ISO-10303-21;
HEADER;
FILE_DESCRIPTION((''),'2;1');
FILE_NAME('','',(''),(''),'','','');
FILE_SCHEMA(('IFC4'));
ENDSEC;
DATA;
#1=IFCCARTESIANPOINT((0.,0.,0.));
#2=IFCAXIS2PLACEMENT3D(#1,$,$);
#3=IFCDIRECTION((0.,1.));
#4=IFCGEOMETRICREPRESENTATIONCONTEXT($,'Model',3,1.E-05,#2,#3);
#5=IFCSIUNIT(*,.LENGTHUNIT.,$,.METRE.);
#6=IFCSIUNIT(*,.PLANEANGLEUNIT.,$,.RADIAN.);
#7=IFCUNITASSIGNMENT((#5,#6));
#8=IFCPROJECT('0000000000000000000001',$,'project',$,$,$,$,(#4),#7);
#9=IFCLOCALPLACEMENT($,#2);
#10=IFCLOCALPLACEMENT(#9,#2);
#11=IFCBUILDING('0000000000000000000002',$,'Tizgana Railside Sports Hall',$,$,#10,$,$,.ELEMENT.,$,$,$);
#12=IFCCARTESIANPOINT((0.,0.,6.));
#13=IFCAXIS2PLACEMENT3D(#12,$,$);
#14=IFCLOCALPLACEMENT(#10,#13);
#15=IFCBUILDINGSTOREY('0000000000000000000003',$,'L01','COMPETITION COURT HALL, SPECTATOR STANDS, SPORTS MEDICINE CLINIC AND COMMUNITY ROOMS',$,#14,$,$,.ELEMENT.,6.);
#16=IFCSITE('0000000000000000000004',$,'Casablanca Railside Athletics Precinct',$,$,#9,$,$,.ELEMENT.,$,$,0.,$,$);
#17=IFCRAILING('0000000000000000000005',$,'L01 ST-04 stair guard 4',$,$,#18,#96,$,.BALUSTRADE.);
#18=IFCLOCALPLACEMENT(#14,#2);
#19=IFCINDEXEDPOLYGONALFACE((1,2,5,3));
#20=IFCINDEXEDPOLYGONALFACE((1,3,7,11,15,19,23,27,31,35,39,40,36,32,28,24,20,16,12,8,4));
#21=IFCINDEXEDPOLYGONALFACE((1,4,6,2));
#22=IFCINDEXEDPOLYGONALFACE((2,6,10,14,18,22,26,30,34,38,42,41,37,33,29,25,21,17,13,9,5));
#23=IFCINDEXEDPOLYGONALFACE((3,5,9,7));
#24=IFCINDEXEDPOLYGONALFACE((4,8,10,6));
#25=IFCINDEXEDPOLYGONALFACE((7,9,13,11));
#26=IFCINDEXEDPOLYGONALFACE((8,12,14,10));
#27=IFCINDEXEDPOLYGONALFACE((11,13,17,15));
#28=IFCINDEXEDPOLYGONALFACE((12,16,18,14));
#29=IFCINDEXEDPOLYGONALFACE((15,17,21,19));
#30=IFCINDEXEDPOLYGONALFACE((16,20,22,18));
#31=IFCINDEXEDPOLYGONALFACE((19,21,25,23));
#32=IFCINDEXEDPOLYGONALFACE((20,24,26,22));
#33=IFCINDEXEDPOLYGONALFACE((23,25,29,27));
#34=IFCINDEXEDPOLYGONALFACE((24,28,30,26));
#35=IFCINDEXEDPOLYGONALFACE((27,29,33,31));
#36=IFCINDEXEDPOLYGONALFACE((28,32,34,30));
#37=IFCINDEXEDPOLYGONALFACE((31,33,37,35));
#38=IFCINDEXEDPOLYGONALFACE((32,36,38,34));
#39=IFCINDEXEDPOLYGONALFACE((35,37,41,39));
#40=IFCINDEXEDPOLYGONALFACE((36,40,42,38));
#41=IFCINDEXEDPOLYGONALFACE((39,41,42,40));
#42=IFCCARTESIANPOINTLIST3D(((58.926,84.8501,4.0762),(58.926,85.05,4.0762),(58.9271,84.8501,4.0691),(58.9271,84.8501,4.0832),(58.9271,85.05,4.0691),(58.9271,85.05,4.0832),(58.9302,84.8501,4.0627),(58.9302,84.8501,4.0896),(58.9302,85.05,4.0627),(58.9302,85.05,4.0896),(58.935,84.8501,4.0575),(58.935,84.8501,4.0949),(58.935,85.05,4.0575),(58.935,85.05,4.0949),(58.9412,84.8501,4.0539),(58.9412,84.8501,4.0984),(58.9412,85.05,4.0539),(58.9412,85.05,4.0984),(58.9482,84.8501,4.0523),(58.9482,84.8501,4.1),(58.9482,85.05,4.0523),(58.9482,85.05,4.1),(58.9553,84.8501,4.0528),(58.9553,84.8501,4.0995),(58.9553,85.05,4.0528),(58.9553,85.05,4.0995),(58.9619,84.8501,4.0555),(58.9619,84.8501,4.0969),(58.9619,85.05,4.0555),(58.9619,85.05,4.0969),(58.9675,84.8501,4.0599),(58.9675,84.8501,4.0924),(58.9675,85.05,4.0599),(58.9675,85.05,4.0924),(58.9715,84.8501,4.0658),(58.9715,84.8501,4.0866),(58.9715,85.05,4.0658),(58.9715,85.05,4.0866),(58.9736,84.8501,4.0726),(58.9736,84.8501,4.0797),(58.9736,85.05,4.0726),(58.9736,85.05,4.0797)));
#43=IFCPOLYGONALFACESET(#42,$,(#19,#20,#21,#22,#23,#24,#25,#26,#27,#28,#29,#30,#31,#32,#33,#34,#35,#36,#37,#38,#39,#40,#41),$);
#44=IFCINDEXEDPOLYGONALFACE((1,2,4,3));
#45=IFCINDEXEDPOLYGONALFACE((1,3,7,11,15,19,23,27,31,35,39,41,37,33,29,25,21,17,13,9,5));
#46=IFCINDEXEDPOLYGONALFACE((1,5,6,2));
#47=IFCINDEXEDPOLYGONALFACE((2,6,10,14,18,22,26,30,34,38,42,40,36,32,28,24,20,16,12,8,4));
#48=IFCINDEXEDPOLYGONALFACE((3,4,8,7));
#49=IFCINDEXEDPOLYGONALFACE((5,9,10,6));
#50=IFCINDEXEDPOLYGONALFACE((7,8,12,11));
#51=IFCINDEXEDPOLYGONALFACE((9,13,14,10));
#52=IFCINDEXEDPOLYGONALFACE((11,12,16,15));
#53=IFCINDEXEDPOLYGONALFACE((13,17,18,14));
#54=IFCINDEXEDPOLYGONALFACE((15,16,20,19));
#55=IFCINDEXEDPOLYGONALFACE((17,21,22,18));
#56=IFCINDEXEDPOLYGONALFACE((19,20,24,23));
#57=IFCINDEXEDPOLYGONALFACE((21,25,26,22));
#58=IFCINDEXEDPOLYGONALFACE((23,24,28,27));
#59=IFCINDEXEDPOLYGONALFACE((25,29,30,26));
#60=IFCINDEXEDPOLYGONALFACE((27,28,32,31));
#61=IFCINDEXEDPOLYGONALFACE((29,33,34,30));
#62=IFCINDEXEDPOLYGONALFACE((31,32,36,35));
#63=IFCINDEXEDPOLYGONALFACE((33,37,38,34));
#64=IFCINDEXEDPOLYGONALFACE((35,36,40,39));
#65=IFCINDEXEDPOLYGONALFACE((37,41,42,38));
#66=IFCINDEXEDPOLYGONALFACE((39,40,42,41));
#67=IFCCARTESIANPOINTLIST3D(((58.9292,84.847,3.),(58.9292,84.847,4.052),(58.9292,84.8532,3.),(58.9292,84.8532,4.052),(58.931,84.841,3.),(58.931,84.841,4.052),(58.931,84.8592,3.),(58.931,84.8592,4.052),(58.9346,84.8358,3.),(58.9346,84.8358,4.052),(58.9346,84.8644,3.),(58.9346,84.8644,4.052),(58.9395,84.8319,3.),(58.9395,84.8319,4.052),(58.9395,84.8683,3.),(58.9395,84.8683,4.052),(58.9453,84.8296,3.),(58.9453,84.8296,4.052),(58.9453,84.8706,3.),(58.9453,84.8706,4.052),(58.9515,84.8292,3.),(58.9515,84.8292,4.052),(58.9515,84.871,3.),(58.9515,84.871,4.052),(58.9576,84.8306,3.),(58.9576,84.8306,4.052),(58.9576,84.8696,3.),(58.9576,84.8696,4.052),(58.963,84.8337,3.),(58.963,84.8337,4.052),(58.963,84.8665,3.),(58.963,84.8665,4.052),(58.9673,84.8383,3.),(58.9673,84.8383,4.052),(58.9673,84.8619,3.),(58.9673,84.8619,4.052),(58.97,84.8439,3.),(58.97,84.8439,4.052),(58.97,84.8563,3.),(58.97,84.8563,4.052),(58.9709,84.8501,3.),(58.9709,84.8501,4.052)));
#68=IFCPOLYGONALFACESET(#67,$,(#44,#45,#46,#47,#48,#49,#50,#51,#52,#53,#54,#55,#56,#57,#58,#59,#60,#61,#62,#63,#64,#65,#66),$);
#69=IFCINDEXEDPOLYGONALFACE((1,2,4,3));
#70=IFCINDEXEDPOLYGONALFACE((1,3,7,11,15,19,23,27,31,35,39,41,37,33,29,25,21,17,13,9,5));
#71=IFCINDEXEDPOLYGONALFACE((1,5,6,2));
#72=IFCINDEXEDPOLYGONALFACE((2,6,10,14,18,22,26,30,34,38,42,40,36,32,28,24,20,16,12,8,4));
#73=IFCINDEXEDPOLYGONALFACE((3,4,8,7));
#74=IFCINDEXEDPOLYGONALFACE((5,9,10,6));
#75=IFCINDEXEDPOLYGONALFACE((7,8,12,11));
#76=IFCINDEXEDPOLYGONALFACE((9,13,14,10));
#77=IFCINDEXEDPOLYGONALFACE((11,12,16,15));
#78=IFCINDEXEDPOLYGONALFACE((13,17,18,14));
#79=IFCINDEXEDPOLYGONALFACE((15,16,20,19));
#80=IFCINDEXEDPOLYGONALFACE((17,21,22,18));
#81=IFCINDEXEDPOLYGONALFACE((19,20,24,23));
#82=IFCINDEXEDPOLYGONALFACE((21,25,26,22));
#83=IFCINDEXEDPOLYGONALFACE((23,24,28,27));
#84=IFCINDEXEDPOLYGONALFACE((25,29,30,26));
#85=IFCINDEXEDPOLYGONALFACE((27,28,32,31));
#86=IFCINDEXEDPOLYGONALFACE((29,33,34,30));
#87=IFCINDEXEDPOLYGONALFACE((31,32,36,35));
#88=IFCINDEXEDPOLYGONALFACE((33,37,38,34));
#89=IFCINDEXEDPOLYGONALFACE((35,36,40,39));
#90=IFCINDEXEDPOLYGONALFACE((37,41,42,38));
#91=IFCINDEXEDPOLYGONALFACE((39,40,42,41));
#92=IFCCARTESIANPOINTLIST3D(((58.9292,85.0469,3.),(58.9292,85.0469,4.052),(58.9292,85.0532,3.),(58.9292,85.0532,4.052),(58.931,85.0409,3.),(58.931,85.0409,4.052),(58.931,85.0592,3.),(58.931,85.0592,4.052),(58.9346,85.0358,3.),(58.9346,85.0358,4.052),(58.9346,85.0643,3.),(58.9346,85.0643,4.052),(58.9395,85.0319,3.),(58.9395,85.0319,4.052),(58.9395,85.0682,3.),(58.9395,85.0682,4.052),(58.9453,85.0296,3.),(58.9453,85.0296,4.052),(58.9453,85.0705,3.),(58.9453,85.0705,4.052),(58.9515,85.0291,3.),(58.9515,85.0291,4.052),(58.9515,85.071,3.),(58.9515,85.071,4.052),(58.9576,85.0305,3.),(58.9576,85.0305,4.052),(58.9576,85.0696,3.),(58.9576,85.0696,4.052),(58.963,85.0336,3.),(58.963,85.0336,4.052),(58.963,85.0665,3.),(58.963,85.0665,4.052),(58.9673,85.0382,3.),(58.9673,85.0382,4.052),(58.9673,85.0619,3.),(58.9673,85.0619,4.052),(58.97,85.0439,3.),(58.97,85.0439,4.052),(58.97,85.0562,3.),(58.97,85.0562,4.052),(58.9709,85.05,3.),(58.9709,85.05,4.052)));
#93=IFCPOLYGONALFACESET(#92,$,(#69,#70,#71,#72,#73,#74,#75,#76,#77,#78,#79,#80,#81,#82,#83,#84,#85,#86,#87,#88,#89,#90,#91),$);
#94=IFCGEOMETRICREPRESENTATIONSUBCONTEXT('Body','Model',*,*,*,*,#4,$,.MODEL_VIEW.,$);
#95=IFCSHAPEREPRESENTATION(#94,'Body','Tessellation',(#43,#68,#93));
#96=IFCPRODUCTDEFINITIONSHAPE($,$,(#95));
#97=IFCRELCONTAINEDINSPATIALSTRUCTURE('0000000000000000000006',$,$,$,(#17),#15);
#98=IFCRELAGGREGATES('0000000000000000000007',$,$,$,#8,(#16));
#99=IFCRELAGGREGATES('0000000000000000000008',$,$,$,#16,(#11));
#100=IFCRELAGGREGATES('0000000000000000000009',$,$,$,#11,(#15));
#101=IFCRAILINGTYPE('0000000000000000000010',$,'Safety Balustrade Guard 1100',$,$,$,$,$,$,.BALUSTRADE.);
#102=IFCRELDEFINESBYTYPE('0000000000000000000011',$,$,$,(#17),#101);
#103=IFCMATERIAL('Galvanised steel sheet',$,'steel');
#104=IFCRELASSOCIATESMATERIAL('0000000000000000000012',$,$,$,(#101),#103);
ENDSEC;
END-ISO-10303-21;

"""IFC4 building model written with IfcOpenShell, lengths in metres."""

from ifc_helpers import new_model, si_unit, direction, frame, origin, origin_2d, place, context, subcontext, project, spatial, circle, extrude, material, type_object, element, save


model = new_model("IFC4")

# Units and contexts
model_context = context("Model", 3, precision=1e-05, world=origin(), true_north=direction((0.0, 1.0)))
body_context = subcontext(model_context, "Body", "Model", "MODEL_VIEW")
ifc_project = project(units=[si_unit("LENGTHUNIT", "METRE"), si_unit("PLANEANGLEUNIT", "RADIAN")], contexts=[model_context])

# Site, building, storey
site_placement = place(None, origin())
site = spatial("IfcSite", under=ifc_project, at=site_placement, Name="Casablanca Railside Athletics Precinct", CompositionType="ELEMENT", RefElevation=0.0)
building_placement = place(site_placement, origin())
building = spatial("IfcBuilding", under=site, at=building_placement, Name="Tizgana Railside Sports Hall", CompositionType="ELEMENT")
storey_placement = place(building_placement, frame((0.0, 0.0, 6.0)))
storey = spatial("IfcBuildingStorey", under=building, at=storey_placement, Name="L01", Description="COMPETITION COURT HALL, SPECTATOR STANDS, SPORTS MEDICINE CLINIC AND COMMUNITY ROOMS", CompositionType="ELEMENT", Elevation=6.0)

# Railing
ifc_material_1 = material(Name="Galvanised steel sheet", Category="steel")
railing_type_1 = type_object("IfcRailingType", Name="Safety Balustrade Guard 1100", PredefinedType="BALUSTRADE", material=ifc_material_1)
railing_1_placement = place(storey_placement, frame((58.95, 84.8501, 3.0)))
element("IfcRailing", 1, at=railing_1_placement, inside=storey, type_object=railing_type_1, Name="L01 ST-04 stair guard 4", PredefinedType="BALUSTRADE", context=body_context, shape_type="SweptSolid", body=[
    extrude(circle(Radius=0.0239, at=origin_2d()), frame((0.0, 0.0, 1.0762), z_axis=(0.0, 1.0, 0.0), x_axis=(-1.0, 0.0, 0.0)), (0.0, 0.0, 1.0), 0.2),
    extrude(circle(Radius=0.021, at=origin_2d()), origin(), (0.0, 0.0, 1.0), 1.052),
    extrude(circle(Radius=0.021, at=origin_2d()), frame((0.0, 0.2, 0.0)), (0.0, 0.0, 1.0), 1.052),
])

save(model, "model.ifc")
